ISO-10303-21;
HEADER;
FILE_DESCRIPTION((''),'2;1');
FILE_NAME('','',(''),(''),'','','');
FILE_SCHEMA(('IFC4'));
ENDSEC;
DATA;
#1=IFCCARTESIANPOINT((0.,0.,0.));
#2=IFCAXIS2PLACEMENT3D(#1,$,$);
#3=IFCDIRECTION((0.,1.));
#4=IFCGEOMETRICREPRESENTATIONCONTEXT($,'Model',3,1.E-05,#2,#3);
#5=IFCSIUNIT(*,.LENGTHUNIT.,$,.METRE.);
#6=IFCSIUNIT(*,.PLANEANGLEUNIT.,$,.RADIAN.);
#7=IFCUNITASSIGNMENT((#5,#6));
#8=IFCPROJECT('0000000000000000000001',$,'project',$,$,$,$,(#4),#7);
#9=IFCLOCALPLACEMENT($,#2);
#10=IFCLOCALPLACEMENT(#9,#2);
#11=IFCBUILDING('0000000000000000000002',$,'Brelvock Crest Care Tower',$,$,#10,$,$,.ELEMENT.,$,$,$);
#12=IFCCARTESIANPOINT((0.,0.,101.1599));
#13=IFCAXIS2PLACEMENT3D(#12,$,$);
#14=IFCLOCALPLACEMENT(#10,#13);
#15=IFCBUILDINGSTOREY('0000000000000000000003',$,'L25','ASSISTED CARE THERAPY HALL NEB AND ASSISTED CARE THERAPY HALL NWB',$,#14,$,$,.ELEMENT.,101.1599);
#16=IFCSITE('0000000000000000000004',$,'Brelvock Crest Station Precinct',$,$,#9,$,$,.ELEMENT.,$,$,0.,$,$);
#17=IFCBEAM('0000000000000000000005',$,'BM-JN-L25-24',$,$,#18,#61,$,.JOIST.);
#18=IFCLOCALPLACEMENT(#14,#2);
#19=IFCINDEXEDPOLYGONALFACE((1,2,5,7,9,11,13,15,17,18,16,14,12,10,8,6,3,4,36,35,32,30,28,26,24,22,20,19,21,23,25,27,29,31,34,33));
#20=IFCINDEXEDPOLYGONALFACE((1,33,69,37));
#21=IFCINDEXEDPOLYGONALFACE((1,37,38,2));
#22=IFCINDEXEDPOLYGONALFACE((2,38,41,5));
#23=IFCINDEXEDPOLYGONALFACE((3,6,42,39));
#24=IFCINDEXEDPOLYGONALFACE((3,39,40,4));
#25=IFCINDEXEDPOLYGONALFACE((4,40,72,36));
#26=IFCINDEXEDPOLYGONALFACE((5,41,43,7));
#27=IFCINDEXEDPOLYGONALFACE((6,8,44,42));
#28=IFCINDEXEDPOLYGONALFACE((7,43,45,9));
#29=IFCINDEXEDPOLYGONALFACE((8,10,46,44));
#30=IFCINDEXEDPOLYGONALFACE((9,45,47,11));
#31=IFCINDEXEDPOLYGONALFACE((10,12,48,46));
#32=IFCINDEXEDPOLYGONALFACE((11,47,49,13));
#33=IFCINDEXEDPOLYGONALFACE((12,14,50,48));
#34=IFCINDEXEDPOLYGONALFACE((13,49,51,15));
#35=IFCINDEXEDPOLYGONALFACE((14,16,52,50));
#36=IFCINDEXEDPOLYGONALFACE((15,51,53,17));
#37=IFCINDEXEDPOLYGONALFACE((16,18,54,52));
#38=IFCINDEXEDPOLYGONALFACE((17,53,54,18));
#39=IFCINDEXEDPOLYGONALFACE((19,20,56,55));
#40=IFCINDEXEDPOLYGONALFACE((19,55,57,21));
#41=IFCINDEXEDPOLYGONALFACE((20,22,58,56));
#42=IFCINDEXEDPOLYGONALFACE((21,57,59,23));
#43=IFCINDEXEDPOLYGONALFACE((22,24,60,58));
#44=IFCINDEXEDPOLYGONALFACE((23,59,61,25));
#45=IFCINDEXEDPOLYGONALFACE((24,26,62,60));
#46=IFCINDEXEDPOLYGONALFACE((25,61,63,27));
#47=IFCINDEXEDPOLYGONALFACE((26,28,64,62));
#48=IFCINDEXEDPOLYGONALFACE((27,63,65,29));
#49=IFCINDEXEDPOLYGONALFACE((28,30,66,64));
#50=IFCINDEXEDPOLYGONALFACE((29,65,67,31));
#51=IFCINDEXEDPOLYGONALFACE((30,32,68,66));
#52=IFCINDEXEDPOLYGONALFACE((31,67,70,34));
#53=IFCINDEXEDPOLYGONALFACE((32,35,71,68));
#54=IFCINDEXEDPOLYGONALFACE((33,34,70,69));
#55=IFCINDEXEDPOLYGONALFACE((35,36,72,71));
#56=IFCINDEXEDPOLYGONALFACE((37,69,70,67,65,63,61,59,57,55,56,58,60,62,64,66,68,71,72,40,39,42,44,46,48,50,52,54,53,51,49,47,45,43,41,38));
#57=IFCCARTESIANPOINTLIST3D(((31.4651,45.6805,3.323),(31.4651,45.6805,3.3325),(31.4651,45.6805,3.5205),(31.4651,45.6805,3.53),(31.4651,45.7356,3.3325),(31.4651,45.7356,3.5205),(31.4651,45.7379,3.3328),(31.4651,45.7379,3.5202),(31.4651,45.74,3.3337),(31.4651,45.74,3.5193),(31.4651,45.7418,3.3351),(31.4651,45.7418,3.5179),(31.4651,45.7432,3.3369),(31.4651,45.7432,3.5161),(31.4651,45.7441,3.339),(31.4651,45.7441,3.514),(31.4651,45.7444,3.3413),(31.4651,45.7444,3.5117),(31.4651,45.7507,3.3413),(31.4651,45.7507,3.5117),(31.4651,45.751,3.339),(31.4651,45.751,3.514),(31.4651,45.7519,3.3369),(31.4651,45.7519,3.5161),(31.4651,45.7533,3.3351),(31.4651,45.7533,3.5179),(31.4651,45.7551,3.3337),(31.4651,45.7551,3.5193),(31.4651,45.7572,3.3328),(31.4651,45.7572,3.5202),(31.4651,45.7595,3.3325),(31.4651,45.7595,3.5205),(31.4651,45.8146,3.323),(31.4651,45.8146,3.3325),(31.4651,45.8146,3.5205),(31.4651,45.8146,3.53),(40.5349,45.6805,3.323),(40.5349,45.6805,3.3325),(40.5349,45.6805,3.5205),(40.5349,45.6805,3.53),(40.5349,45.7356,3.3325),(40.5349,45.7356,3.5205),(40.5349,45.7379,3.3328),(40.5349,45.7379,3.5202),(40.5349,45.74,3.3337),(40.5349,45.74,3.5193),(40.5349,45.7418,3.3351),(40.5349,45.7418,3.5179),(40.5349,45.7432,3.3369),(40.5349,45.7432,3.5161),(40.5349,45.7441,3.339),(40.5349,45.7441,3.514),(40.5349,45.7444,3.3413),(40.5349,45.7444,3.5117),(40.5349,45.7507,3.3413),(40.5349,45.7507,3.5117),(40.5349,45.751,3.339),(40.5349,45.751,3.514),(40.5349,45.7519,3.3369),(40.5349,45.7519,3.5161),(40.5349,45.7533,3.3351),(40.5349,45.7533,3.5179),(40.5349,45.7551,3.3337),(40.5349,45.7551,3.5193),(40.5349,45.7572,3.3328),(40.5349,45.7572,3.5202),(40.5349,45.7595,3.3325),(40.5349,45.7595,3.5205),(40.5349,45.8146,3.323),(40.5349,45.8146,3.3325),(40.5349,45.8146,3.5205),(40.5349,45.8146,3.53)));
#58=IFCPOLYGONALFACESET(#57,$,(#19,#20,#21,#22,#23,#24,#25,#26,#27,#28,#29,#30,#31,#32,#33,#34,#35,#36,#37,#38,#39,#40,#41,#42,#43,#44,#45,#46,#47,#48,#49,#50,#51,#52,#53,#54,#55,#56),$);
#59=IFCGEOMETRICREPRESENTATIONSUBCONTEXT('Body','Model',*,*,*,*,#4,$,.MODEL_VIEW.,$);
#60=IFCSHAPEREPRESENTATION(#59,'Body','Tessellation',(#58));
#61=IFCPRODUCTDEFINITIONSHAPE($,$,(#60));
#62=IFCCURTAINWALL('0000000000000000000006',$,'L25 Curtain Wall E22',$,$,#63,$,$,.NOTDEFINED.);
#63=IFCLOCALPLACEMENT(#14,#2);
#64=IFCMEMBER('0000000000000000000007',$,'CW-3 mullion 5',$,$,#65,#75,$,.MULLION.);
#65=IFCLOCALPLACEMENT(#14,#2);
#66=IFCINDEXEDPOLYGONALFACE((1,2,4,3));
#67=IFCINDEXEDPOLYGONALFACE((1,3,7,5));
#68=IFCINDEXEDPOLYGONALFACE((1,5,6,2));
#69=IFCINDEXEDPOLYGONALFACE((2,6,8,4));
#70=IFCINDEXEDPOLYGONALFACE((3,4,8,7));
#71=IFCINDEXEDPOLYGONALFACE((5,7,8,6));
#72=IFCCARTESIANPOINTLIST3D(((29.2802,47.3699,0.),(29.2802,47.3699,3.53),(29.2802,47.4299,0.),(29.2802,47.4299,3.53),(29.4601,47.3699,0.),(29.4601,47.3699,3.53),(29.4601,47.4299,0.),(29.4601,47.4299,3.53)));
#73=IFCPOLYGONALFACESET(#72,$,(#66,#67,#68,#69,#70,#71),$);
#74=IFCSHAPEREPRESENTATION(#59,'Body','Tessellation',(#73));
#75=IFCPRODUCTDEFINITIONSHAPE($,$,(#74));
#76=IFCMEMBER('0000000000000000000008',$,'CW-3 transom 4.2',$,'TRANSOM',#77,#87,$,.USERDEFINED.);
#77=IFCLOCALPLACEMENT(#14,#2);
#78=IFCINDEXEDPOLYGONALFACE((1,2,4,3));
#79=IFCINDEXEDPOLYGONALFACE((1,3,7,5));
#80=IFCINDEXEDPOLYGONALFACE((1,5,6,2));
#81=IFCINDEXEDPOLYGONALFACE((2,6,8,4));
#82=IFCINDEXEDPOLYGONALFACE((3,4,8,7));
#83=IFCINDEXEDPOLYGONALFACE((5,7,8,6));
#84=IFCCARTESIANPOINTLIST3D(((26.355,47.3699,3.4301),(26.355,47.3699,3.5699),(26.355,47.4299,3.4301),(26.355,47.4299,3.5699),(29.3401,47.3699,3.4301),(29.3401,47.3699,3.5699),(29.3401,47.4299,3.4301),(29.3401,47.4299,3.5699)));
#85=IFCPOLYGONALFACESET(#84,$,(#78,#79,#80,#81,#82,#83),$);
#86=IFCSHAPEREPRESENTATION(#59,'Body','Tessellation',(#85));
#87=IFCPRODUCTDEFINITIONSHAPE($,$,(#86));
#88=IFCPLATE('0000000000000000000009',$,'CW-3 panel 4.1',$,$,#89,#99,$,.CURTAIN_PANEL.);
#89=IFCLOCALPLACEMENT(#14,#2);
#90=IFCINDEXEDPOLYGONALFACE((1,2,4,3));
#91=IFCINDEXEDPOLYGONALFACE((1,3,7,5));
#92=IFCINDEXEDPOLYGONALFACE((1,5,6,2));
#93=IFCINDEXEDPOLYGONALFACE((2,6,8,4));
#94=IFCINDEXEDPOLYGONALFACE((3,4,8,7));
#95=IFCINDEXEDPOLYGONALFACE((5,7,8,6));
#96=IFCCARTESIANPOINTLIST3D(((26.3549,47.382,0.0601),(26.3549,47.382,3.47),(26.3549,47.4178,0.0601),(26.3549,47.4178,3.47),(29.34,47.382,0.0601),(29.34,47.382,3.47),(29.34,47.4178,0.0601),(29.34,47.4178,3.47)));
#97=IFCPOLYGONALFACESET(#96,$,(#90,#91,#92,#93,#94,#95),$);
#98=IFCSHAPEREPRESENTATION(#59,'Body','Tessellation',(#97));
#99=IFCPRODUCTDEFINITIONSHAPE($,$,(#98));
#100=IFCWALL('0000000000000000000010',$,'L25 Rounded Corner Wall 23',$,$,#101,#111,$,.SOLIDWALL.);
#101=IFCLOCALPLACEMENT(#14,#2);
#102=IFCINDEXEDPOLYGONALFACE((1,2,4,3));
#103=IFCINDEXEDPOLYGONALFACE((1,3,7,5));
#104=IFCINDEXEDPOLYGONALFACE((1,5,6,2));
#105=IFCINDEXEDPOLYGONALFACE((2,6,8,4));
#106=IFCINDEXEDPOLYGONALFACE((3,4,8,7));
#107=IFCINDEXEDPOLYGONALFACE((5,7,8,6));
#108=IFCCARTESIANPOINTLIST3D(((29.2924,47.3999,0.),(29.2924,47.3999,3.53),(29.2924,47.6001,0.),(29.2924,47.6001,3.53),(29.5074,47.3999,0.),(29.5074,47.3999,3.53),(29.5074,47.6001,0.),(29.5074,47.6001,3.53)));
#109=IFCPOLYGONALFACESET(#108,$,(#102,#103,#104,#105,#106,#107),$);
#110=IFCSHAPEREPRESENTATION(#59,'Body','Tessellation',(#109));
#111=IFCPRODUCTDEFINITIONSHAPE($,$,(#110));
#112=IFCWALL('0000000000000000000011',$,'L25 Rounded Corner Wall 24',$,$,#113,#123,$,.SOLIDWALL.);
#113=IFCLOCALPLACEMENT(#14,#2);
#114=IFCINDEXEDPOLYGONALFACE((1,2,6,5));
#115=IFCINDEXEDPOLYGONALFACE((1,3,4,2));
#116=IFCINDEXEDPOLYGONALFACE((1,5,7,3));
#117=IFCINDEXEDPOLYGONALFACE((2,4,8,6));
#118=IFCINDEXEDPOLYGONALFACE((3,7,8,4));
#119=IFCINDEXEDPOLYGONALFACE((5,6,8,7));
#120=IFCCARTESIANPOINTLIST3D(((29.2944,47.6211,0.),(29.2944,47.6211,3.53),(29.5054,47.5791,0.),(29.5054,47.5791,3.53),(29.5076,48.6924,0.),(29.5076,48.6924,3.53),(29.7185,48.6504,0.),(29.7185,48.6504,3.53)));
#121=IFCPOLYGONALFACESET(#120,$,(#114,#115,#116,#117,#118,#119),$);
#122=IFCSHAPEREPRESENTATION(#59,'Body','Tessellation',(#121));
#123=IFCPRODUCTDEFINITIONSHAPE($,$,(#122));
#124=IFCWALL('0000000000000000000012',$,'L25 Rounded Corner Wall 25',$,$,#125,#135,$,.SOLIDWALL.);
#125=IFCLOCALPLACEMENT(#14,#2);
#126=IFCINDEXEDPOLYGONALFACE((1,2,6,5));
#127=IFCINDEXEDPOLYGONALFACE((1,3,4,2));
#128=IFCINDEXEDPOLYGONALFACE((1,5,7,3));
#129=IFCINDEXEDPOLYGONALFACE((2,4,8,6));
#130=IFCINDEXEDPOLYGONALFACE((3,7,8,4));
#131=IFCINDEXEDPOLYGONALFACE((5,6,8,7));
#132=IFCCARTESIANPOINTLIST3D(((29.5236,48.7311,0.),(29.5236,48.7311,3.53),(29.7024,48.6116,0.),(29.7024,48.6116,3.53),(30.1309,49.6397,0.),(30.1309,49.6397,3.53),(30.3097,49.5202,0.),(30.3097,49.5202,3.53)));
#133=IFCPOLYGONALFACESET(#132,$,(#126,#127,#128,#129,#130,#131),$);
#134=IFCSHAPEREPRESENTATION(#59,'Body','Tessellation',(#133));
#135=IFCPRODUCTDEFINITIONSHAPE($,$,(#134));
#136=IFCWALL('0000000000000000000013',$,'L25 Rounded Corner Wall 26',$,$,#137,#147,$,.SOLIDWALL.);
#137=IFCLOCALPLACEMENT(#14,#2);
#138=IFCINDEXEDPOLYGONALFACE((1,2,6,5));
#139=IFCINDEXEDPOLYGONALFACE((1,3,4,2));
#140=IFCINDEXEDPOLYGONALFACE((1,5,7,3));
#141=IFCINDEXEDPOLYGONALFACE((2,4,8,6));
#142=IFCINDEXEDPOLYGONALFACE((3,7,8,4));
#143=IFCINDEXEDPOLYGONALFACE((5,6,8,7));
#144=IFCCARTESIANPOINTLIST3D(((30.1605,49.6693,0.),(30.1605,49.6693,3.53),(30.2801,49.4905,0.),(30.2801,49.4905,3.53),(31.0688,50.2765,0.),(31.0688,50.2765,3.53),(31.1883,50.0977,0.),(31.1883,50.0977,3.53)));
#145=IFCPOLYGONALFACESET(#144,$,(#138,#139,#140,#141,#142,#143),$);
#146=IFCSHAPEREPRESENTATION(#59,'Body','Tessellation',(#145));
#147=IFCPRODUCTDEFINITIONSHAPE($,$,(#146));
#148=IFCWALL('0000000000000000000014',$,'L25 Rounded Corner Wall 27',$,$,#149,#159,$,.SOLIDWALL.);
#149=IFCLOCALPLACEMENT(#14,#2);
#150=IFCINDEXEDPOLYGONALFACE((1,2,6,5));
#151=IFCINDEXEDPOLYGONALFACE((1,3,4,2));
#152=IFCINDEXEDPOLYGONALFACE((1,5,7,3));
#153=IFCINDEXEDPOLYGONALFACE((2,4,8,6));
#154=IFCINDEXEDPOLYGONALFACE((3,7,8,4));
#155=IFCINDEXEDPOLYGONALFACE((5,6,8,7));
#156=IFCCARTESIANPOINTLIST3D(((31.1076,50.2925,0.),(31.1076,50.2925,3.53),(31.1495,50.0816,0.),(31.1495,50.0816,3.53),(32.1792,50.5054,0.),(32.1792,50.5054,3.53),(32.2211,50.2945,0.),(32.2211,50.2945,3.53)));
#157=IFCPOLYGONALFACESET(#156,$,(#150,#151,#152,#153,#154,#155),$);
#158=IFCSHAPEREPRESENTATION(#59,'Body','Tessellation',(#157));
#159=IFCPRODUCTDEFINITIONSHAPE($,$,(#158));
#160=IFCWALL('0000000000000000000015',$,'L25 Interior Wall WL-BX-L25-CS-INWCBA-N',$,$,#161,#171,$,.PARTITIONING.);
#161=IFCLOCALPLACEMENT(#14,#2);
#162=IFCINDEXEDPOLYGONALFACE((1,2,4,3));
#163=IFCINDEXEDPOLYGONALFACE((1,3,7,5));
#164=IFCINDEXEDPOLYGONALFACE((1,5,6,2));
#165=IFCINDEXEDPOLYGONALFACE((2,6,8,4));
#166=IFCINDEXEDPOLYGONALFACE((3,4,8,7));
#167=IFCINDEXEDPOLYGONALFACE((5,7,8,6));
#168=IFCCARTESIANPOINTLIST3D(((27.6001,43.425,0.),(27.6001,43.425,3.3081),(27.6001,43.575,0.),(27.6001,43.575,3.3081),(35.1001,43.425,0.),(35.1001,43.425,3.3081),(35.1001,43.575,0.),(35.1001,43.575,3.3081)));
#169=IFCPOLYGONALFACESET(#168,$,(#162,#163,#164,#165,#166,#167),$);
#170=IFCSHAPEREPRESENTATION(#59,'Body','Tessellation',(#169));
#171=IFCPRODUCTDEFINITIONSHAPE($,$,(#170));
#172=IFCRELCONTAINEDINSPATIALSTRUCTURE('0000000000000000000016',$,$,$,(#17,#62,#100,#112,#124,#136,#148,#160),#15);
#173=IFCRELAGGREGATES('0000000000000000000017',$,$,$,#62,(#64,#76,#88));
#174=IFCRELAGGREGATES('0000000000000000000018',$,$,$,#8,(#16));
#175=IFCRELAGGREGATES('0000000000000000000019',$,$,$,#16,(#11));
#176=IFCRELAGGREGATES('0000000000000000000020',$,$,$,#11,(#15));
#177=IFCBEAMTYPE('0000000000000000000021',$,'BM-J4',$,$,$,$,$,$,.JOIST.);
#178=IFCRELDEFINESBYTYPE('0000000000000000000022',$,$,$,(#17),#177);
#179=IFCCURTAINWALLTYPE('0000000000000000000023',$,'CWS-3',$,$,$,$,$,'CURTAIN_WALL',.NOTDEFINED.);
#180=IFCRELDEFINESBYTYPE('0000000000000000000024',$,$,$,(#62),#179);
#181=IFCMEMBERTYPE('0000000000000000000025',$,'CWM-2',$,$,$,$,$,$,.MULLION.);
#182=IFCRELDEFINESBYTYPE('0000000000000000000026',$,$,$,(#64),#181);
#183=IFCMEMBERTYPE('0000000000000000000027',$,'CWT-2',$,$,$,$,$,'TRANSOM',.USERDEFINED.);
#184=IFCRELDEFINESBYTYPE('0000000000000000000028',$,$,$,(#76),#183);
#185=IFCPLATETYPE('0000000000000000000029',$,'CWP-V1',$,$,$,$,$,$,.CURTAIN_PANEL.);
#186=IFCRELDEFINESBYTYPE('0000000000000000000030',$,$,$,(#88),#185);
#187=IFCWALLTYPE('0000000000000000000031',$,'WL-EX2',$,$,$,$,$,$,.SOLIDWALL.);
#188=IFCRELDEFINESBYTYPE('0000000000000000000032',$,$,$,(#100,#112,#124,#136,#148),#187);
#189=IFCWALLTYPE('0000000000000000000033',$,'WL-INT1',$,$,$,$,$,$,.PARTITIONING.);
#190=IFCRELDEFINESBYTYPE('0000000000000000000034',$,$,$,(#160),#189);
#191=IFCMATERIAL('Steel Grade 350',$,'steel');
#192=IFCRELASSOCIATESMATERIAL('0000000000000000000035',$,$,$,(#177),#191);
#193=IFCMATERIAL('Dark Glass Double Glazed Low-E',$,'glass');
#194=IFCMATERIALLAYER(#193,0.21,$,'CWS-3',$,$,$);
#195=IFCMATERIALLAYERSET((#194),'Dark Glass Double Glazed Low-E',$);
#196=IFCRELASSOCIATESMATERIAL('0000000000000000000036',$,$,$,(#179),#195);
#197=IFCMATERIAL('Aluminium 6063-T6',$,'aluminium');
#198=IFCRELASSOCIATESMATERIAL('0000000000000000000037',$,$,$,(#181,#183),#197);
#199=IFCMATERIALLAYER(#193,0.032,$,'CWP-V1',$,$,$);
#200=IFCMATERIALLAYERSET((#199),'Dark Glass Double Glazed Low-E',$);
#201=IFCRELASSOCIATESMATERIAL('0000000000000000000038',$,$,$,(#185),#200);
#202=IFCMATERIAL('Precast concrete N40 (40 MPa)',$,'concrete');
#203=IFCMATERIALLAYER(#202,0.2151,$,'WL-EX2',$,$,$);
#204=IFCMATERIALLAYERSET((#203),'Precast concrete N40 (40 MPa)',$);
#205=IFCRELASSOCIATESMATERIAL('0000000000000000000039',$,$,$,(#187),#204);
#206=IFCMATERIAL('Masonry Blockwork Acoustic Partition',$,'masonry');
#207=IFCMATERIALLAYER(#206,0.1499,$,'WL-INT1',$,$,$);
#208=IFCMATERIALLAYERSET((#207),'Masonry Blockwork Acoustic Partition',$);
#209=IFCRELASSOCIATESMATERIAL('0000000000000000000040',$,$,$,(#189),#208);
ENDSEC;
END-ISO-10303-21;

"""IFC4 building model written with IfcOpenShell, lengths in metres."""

from ifc_helpers import new_model, si_unit, direction, frame, frame_2d, origin, origin_2d, place, context, subcontext, project, spatial, rectangle, i_section, extrude, source, transform, mapped, material, layer, layer_set, material_profile, profile_set, type_object, element, aggregate, save


model = new_model("IFC4")

# Units and contexts
model_context = context("Model", 3, precision=1e-05, world=origin(), true_north=direction((0.0, 1.0)))
body_context = subcontext(model_context, "Body", "Model", "MODEL_VIEW")
ifc_project = project(units=[si_unit("LENGTHUNIT", "METRE"), si_unit("PLANEANGLEUNIT", "RADIAN")], contexts=[model_context])

# Site, building, storey
site_placement = place(None, origin())
site = spatial("IfcSite", under=ifc_project, at=site_placement, Name="Brelvock Crest Station Precinct", CompositionType="ELEMENT", RefElevation=0.0)
building_placement = place(site_placement, origin())
building = spatial("IfcBuilding", under=site, at=building_placement, Name="Brelvock Crest Care Tower", CompositionType="ELEMENT")
storey_placement = place(building_placement, frame((0.0, 0.0, 101.1599)))
storey = spatial("IfcBuildingStorey", under=building, at=storey_placement, Name="L25", Description="ASSISTED CARE THERAPY HALL NEB AND ASSISTED CARE THERAPY HALL NWB", CompositionType="ELEMENT", Elevation=101.1599)

# Shared definitions
ifc_material_1 = material(Name="Steel Grade 350", Category="steel")

# Beam
ifc_material_profile_1 = material_profile(ifc_material_1, i_section(OverallWidth=0.134, OverallDepth=0.207, WebThickness=0.0063, FlangeThickness=0.0095, FilletRadius=0.0088, at=origin_2d()), Name="200UB29.8")
ifc_profile_set_1 = profile_set([ifc_material_profile_1], Name="Steel Grade 350")
beam_type_1 = type_object("IfcBeamType", Name="BM-J4", PredefinedType="JOIST", material=ifc_profile_set_1)
shared_shape_1 = source(origin(), body_context, "Body", "SweptSolid", [
    extrude(i_section(OverallWidth=0.134, OverallDepth=0.207, WebThickness=0.0063, FlangeThickness=0.0095, FilletRadius=0.0088, at=origin_2d()), origin(), (0.0, 0.0, 1.0), 9.0698),
])
for number, where, z_axis, x_axis, name in (
    (1, (31.4651, 45.7476, 3.4265), (1.0, 0.0, 0.0), (0.0, 1.0, 0.0), "BM-JN-L25-24"),
):
    element("IfcBeam", number, at=place(storey_placement, frame(where, z_axis=z_axis, x_axis=x_axis)), inside=storey, type_object=beam_type_1, Name=name, PredefinedType="JOIST", context=body_context, shape_type="MappedRepresentation", body=[
        mapped(shared_shape_1, transform((0.0, 0.0, 0.0), x_axis=(1.0, 0.0, 0.0), y_axis=(0.0, 1.0, 0.0), z_axis=(0.0, 0.0, 1.0), scale=1.0)),
    ])

# Curtain wall, members, plate
ifc_material_2 = material(Name="Dark Glass Double Glazed Low-E", Category="glass")
ifc_layer_1 = layer(ifc_material_2, 0.21, Name="CWS-3")
ifc_layer_set_1 = layer_set([ifc_layer_1], Name="Dark Glass Double Glazed Low-E")
curtain_wall_type = type_object("IfcCurtainWallType", Name="CWS-3", ElementType="CURTAIN_WALL", PredefinedType="NOTDEFINED", material=ifc_layer_set_1)
curtain_wall_placement = place(storey_placement, origin())
curtain_wall = element("IfcCurtainWall", 2, at=curtain_wall_placement, inside=storey, type_object=curtain_wall_type, Name="L25 Curtain Wall E22", PredefinedType="NOTDEFINED")
ifc_material_3 = material(Name="Aluminium 6063-T6", Category="aluminium")
ifc_material_profile_2 = material_profile(ifc_material_3, rectangle(XDim=0.0601, YDim=0.1799, at=origin_2d()), Name="ALU60x180")
ifc_profile_set_2 = profile_set([ifc_material_profile_2], Name="Aluminium 6063-T6")
member_type_1 = type_object("IfcMemberType", Name="CWM-2", PredefinedType="MULLION", material=ifc_profile_set_2)
shared_shape_2 = source(origin(), body_context, "Body", "SweptSolid", [
    extrude(rectangle(XDim=0.0601, YDim=0.1799, at=origin_2d()), origin(), (0.0, 0.0, 1.0), 3.53),
])
member_1_placement = place(storey_placement, frame((29.3701, 47.3999, 0.0), z_axis=(0.0, 0.0, 1.0), x_axis=(0.0, 1.0, 0.0)))
member_1 = element("IfcMember", 3, at=member_1_placement, type_object=member_type_1, Name="CW-3 mullion 5", PredefinedType="MULLION", context=body_context, shape_type="MappedRepresentation", body=[
    mapped(shared_shape_2, transform((0.0, 0.0, 0.0), x_axis=(1.0, 0.0, 0.0), y_axis=(0.0, 1.0, 0.0), z_axis=(0.0, 0.0, 1.0), scale=1.0)),
])
ifc_material_profile_3 = material_profile(ifc_material_3, rectangle(XDim=0.0601, YDim=0.1399, at=origin_2d()), Name="ALU60x140")
ifc_profile_set_3 = profile_set([ifc_material_profile_3], Name="Aluminium 6063-T6")
member_type_2 = type_object("IfcMemberType", Name="CWT-2", ElementType="TRANSOM", PredefinedType="USERDEFINED", material=ifc_profile_set_3)
shared_shape_3 = source(origin(), body_context, "Body", "SweptSolid", [
    extrude(rectangle(XDim=0.0601, YDim=0.1399, at=origin_2d()), origin(), (0.0, 0.0, 1.0), 2.9851),
])
member_2_placement = place(storey_placement, frame((26.355, 47.3999, 3.5), z_axis=(1.0, 0.0, 0.0), x_axis=(0.0, 1.0, 0.0)))
member_2 = element("IfcMember", 4, at=member_2_placement, type_object=member_type_2, Name="CW-3 transom 4.2", ObjectType="TRANSOM", PredefinedType="USERDEFINED", context=body_context, shape_type="MappedRepresentation", body=[
    mapped(shared_shape_3, transform((0.0, 0.0, 0.0), x_axis=(1.0, 0.0, 0.0), y_axis=(0.0, 1.0, 0.0), z_axis=(0.0, 0.0, 1.0), scale=1.0)),
])
ifc_layer_2 = layer(ifc_material_2, 0.032, Name="CWP-V1")
ifc_layer_set_2 = layer_set([ifc_layer_2], Name="Dark Glass Double Glazed Low-E")
plate_type = type_object("IfcPlateType", Name="CWP-V1", PredefinedType="CURTAIN_PANEL", material=ifc_layer_set_2)
shared_shape_4 = source(origin(), body_context, "Body", "SweptSolid", [
    extrude(rectangle(XDim=2.9851, YDim=0.0359, at=origin_2d()), origin(), (0.0, 0.0, 1.0), 3.4099),
])
plate_placement = place(storey_placement, frame((27.8474, 47.3999, 0.0601), z_axis=(0.0, 0.0, 1.0), x_axis=(1.0, 0.0, 0.0)))
plate = element("IfcPlate", 5, at=plate_placement, type_object=plate_type, Name="CW-3 panel 4.1", PredefinedType="CURTAIN_PANEL", context=body_context, shape_type="MappedRepresentation", body=[
    mapped(shared_shape_4, transform((0.0, 0.0, 0.0), x_axis=(1.0, 0.0, 0.0), y_axis=(0.0, 1.0, 0.0), z_axis=(0.0, 0.0, 1.0), scale=1.0)),
])
aggregate(curtain_wall, [member_1, member_2, plate])

# Walls
ifc_material_4 = material(Name="Precast concrete N40 (40 MPa)", Category="concrete")
ifc_layer_3 = layer(ifc_material_4, 0.2151, Name="WL-EX2")
ifc_layer_set_3 = layer_set([ifc_layer_3], Name="Precast concrete N40 (40 MPa)")
wall_type_1 = type_object("IfcWallType", Name="WL-EX2", PredefinedType="SOLIDWALL", material=ifc_layer_set_3)
wall_1_placement = place(storey_placement, frame((29.3999, 47.3999, 0.0), z_axis=(0.0, 0.0, 1.0), x_axis=(0.0, 1.0, 0.0)))
element("IfcWall", 6, at=wall_1_placement, inside=storey, type_object=wall_type_1, Name="L25 Rounded Corner Wall 23", PredefinedType="SOLIDWALL", context=body_context, shape_type="SweptSolid", body=[
    extrude(rectangle(XDim=0.2002, YDim=0.2151, at=frame_2d((0.1001, 0.0))), origin(), (0.0, 0.0, 1.0), 3.53),
])
wall_2_placement = place(storey_placement, frame((29.3999, 47.6001, 0.0), z_axis=(0.0, 0.0, 1.0), x_axis=(0.195127, 0.980778, 0.0)))
element("IfcWall", 7, at=wall_2_placement, inside=storey, type_object=wall_type_1, Name="L25 Rounded Corner Wall 24", PredefinedType="SOLIDWALL", context=body_context, shape_type="SweptSolid", body=[
    extrude(rectangle(XDim=1.0923, YDim=0.2151, at=frame_2d((0.5461, 0.0))), origin(), (0.0, 0.0, 1.0), 3.53),
])
wall_3_placement = place(storey_placement, frame((29.613, 48.6714, 0.0), z_axis=(0.0, 0.0, 1.0), x_axis=(0.555679, 0.831397, 0.0)))
element("IfcWall", 8, at=wall_3_placement, inside=storey, type_object=wall_type_1, Name="L25 Rounded Corner Wall 25", PredefinedType="SOLIDWALL", context=body_context, shape_type="SweptSolid", body=[
    extrude(rectangle(XDim=1.0928, YDim=0.2151, at=frame_2d((0.5464, 0.0))), origin(), (0.0, 0.0, 1.0), 3.53),
])
for number, where, z_axis, x_axis, name in (
    (9, (30.2202, 49.5798, 0.0), (0.0, 0.0, 1.0), (0.831328, 0.555783, 0.0), "L25 Rounded Corner Wall 26"),
    (10, (31.1284, 50.187, 0.0), (0.0, 0.0, 1.0), (0.980829, 0.19487, 0.0), "L25 Rounded Corner Wall 27"),
):
    element("IfcWall", number, at=place(storey_placement, frame(where, z_axis=z_axis, x_axis=x_axis)), inside=storey, type_object=wall_type_1, Name=name, PredefinedType="SOLIDWALL", context=body_context, shape_type="SweptSolid", body=[
        extrude(rectangle(XDim=1.0925, YDim=0.2151, at=frame_2d((0.5464, 0.0))), origin(), (0.0, 0.0, 1.0), 3.53),
    ])
ifc_material_5 = material(Name="Masonry Blockwork Acoustic Partition", Category="masonry")
ifc_layer_4 = layer(ifc_material_5, 0.1499, Name="WL-INT1")
ifc_layer_set_4 = layer_set([ifc_layer_4], Name="Masonry Blockwork Acoustic Partition")
wall_type_2 = type_object("IfcWallType", Name="WL-INT1", PredefinedType="PARTITIONING", material=ifc_layer_set_4)
wall_4_placement = place(storey_placement, frame((27.6001, 43.5, 0.0), z_axis=(0.0, 0.0, 1.0), x_axis=(1.0, 0.0, 0.0)))
element("IfcWall", 11, at=wall_4_placement, inside=storey, type_object=wall_type_2, Name="L25 Interior Wall WL-BX-L25-CS-INWCBA-N", PredefinedType="PARTITIONING", context=body_context, shape_type="SweptSolid", body=[
    extrude(rectangle(XDim=7.5, YDim=0.1499, at=frame_2d((3.75, 0.0))), origin(), (0.0, 0.0, 1.0), 3.3081),
])

save(model, "model.ifc")
